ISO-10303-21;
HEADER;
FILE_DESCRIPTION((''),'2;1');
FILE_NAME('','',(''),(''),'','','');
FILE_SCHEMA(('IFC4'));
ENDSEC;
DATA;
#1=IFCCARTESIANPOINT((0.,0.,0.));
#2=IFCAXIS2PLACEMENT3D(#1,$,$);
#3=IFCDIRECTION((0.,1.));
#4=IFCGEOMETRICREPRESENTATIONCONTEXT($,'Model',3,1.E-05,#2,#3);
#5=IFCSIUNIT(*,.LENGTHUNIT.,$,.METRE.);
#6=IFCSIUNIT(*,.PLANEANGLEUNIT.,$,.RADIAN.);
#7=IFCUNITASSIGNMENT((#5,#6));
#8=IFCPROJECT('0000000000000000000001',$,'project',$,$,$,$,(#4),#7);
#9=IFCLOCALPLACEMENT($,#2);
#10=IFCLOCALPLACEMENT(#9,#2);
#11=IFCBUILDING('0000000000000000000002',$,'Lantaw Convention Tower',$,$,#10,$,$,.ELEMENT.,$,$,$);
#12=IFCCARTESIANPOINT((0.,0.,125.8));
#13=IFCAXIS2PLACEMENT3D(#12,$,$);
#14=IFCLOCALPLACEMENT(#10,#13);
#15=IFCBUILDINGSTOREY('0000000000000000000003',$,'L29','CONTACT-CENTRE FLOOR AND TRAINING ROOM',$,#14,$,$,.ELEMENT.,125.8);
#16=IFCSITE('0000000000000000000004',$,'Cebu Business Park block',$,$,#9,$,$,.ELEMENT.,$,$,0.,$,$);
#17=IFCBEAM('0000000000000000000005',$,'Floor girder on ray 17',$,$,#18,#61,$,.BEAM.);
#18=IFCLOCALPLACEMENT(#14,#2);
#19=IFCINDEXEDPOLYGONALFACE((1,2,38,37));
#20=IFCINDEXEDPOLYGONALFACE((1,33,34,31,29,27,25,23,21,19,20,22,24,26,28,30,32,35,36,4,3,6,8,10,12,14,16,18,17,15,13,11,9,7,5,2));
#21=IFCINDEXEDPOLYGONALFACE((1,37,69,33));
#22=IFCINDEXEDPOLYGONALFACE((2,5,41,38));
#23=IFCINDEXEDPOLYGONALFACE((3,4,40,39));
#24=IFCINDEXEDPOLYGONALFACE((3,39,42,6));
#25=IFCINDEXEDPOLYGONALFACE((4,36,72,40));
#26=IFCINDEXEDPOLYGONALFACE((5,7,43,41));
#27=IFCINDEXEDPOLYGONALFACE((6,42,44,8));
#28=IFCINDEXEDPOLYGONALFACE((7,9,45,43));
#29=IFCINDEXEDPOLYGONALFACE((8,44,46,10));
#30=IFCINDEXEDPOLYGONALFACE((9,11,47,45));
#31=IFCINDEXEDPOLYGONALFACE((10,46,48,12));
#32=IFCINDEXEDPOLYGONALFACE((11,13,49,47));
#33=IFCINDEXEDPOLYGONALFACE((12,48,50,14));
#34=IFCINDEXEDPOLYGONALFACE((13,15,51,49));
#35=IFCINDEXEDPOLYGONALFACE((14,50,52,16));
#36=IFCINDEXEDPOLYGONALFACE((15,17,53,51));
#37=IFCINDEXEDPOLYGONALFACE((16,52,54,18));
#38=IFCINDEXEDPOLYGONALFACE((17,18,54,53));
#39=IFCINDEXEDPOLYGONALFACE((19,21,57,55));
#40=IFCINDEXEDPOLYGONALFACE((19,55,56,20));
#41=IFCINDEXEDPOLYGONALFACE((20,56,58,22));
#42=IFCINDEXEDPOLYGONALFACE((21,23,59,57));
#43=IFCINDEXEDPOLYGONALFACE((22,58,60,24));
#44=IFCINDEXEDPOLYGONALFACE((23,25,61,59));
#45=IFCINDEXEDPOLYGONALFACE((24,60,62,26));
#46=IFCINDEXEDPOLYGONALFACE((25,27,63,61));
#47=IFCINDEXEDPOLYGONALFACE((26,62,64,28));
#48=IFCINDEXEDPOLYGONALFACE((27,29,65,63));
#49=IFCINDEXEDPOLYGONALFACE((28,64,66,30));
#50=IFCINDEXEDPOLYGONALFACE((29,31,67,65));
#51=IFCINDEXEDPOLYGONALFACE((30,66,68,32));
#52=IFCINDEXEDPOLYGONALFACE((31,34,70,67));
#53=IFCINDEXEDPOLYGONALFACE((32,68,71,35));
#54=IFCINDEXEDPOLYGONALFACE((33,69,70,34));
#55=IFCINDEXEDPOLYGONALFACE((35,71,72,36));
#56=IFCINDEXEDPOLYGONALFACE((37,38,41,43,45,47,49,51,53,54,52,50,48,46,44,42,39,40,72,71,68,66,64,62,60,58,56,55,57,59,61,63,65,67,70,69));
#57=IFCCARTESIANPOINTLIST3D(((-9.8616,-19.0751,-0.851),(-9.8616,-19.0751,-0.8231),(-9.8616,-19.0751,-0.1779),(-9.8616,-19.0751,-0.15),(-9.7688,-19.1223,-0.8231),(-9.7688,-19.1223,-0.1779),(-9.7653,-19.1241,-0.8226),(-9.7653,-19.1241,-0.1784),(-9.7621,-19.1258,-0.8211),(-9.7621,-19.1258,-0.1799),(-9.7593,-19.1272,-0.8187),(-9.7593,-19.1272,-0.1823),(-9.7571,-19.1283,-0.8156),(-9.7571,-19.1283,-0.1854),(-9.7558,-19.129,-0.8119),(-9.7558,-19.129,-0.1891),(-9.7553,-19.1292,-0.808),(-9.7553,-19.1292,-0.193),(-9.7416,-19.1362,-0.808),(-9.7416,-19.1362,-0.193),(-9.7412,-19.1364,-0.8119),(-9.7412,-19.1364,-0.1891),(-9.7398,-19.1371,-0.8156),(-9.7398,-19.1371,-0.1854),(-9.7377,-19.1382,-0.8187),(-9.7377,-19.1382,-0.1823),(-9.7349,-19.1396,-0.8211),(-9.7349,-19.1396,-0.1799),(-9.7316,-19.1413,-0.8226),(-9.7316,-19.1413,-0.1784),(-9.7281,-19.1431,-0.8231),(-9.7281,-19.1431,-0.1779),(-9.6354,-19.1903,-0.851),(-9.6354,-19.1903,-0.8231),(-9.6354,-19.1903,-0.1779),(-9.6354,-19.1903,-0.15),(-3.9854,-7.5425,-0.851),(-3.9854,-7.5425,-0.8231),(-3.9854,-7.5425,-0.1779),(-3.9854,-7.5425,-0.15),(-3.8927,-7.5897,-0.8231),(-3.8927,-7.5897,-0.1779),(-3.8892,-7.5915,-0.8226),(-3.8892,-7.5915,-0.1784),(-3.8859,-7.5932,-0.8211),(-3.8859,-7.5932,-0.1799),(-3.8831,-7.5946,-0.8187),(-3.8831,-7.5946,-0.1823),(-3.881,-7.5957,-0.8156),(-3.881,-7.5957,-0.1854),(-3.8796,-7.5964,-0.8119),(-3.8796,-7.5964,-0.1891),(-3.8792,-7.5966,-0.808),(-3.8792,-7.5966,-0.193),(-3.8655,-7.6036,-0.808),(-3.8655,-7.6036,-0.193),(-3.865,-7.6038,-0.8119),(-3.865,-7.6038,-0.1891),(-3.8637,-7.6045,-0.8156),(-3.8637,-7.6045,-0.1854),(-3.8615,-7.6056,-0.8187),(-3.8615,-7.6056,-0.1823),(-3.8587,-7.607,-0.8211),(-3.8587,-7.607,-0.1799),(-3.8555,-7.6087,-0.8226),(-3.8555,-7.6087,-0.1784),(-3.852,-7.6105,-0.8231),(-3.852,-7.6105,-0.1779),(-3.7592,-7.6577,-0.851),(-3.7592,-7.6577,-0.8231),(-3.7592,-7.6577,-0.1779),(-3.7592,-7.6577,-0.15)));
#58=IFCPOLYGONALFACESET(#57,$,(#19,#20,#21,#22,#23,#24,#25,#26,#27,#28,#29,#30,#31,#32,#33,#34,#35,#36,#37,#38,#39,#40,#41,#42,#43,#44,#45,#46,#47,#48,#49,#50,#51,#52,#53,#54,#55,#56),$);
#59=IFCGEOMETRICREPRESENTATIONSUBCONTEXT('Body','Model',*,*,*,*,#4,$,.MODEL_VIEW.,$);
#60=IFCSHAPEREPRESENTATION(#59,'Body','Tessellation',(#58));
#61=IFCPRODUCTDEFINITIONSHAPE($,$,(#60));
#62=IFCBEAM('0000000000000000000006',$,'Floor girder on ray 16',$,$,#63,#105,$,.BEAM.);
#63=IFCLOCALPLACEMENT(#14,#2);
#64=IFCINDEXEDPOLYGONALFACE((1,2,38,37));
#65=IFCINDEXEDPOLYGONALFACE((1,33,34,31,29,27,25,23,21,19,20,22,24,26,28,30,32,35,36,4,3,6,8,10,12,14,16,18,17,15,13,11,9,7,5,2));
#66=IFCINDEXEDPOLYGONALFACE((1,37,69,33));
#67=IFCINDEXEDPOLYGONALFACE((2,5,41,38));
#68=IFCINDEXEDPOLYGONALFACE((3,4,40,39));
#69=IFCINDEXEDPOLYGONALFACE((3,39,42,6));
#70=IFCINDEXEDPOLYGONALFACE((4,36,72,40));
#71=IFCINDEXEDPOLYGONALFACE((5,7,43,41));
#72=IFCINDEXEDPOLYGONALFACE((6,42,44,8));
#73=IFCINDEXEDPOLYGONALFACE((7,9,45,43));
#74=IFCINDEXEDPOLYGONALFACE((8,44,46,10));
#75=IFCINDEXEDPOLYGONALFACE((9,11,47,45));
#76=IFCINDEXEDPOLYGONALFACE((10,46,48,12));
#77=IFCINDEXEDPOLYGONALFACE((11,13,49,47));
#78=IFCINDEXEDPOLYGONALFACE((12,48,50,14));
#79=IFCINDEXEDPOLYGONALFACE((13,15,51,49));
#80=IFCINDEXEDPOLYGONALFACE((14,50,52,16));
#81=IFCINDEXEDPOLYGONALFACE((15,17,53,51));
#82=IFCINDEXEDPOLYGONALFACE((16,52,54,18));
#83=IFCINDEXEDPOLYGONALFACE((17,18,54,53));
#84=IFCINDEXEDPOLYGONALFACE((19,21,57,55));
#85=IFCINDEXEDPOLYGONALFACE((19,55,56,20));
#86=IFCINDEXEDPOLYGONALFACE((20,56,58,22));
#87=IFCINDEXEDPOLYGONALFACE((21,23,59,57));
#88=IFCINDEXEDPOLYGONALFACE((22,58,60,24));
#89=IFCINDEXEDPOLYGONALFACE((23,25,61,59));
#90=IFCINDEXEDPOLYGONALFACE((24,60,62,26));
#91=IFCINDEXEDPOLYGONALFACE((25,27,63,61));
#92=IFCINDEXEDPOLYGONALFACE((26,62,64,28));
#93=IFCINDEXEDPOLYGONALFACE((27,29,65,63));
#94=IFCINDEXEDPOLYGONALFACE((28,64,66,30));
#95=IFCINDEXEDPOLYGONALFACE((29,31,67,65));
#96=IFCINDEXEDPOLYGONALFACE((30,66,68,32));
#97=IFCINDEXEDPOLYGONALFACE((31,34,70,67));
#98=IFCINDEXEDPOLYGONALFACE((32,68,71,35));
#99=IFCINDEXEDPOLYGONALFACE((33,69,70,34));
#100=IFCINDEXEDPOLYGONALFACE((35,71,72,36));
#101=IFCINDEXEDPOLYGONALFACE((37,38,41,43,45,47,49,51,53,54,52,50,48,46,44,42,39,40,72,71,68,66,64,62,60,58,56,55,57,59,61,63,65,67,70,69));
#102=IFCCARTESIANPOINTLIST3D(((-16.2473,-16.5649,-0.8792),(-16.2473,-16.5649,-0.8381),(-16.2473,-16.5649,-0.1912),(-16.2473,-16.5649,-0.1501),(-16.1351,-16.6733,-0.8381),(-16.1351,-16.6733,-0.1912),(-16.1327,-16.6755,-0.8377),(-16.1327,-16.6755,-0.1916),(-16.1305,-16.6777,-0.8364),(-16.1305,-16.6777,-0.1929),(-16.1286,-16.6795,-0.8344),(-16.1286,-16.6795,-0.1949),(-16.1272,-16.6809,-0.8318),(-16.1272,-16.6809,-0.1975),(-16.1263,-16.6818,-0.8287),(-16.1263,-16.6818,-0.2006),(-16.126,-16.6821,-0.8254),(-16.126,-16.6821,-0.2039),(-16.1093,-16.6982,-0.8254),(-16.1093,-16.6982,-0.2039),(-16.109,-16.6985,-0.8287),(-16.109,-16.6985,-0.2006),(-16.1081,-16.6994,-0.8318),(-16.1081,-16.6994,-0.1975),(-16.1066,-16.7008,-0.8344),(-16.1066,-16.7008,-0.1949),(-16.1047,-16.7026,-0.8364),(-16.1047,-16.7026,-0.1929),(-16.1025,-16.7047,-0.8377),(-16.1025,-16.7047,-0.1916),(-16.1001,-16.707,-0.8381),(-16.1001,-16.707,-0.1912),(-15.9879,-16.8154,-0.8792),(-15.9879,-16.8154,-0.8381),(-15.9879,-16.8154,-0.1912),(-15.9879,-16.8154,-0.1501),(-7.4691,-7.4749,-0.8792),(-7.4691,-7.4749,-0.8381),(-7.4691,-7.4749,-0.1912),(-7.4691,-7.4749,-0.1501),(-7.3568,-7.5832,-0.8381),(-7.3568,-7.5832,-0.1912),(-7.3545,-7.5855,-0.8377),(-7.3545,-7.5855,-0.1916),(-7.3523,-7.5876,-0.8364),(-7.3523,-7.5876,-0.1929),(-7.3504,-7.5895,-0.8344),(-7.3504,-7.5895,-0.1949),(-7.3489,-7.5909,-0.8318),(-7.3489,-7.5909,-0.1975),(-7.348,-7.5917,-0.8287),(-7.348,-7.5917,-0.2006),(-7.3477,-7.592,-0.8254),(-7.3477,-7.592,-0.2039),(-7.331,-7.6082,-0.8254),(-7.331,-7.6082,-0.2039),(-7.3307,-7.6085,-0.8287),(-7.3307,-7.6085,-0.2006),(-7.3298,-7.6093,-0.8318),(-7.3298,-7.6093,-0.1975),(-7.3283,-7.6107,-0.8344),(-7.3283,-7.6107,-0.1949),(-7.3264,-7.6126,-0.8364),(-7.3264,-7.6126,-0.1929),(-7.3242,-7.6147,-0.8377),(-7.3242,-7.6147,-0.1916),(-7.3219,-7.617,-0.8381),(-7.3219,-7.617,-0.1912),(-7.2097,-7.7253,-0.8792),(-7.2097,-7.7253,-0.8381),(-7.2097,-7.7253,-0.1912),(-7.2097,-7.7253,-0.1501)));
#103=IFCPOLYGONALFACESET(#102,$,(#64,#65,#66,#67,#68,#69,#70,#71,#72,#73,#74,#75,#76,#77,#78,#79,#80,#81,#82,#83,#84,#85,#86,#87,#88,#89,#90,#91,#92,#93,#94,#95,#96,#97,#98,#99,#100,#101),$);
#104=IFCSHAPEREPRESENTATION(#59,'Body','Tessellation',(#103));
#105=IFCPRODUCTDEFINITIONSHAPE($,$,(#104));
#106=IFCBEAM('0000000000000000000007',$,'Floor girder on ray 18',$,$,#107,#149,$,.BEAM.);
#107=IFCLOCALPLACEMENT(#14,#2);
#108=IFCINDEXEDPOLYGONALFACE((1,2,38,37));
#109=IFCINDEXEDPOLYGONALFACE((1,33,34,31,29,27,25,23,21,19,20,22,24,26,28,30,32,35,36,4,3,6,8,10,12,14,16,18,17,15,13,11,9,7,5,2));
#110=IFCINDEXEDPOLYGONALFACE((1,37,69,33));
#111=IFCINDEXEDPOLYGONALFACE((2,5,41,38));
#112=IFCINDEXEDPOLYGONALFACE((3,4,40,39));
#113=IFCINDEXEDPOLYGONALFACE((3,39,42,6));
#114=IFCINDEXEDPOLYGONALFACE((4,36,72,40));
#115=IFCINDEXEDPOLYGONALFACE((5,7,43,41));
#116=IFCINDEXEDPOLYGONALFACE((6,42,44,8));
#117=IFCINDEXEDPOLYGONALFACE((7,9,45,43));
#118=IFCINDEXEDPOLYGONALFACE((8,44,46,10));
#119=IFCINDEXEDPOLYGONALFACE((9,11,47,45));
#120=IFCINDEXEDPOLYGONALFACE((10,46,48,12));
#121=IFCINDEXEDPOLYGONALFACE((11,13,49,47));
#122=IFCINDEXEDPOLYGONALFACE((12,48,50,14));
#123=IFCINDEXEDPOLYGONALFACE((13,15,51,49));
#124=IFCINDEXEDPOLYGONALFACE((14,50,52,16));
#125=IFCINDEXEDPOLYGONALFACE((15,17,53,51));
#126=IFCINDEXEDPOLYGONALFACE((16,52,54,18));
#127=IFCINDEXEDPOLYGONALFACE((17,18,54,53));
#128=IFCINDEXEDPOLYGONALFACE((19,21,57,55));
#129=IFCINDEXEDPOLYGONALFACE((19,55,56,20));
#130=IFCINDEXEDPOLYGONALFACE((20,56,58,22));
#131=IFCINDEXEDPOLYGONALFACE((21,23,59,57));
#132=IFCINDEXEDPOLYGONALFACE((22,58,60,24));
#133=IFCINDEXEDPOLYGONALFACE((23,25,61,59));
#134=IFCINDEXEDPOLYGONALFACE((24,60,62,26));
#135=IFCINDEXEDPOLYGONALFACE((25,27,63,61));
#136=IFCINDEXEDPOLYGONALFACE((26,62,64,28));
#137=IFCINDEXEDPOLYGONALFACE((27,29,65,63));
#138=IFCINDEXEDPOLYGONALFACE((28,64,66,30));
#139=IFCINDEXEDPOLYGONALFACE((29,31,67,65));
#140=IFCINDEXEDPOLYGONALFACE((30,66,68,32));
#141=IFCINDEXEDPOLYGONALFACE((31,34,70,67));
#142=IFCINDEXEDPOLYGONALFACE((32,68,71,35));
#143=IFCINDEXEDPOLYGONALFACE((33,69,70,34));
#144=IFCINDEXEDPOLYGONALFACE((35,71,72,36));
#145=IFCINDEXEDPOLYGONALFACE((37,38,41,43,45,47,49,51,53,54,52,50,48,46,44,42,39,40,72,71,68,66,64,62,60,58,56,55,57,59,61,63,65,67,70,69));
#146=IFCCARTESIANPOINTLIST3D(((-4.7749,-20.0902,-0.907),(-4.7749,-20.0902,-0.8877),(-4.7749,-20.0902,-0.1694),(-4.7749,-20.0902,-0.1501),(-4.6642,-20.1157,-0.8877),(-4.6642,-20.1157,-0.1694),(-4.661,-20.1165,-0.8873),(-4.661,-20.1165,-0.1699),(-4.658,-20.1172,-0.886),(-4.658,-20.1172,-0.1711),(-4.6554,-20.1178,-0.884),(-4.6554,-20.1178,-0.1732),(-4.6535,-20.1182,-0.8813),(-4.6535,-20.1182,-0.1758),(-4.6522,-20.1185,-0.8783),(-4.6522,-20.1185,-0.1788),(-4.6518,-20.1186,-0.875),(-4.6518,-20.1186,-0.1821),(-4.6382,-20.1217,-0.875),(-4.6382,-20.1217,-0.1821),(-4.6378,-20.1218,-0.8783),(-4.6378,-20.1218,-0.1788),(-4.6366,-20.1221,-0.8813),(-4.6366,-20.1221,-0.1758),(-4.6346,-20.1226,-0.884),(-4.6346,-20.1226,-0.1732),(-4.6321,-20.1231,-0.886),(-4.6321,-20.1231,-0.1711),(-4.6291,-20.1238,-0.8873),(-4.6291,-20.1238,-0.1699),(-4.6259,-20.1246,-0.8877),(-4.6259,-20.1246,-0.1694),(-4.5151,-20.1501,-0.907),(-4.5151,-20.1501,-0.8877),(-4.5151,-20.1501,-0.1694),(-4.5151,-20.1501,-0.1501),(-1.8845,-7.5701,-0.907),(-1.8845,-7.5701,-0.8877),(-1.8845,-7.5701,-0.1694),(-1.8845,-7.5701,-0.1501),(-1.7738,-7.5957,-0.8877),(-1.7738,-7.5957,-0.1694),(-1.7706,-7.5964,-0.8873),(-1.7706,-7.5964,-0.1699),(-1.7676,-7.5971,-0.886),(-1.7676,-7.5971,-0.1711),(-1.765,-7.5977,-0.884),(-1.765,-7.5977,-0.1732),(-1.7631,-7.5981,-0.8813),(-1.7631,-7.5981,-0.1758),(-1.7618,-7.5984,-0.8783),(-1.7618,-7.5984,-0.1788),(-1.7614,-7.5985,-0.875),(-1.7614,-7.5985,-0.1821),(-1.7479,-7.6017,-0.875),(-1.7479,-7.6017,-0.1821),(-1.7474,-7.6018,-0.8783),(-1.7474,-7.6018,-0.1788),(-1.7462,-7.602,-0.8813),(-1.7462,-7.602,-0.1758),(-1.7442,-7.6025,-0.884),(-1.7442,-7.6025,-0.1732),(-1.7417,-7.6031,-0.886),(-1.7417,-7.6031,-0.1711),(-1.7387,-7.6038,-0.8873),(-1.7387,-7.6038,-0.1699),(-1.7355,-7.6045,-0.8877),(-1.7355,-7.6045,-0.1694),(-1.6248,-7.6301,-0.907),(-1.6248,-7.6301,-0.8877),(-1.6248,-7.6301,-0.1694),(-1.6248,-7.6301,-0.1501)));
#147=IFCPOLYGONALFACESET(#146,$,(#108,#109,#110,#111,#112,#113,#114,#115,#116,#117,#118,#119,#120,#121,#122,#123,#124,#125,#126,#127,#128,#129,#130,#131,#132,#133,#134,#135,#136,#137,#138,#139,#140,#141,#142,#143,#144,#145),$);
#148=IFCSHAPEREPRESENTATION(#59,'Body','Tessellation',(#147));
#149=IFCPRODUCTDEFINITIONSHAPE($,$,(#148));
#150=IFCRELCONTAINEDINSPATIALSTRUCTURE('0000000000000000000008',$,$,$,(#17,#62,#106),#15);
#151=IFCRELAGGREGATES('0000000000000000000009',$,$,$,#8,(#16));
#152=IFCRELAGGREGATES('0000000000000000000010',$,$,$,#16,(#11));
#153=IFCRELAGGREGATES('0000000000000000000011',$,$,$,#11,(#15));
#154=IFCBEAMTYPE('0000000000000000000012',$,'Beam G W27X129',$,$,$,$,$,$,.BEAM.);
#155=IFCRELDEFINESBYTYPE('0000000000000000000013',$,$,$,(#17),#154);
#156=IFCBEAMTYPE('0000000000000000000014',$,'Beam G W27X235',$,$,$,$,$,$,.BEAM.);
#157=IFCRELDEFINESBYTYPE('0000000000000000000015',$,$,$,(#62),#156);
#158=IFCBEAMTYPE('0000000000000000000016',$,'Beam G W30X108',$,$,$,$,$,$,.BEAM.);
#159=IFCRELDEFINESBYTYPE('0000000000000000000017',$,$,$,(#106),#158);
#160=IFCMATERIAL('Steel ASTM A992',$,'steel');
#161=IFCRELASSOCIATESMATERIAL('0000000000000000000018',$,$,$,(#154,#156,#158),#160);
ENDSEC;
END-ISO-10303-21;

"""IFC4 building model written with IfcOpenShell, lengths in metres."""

from ifc_helpers import new_model, si_unit, direction, frame, origin, origin_2d, place, context, subcontext, project, spatial, i_section, extrude, material, material_profile, profile_set, type_object, element, save


model = new_model("IFC4")

# Units and contexts
model_context = context("Model", 3, precision=1e-05, world=origin(), true_north=direction((0.0, 1.0)))
body_context = subcontext(model_context, "Body", "Model", "MODEL_VIEW")
ifc_project = project(units=[si_unit("LENGTHUNIT", "METRE"), si_unit("PLANEANGLEUNIT", "RADIAN")], contexts=[model_context])

# Site, building, storey
site_placement = place(None, origin())
site = spatial("IfcSite", under=ifc_project, at=site_placement, Name="Cebu Business Park block", CompositionType="ELEMENT", RefElevation=0.0)
building_placement = place(site_placement, origin())
building = spatial("IfcBuilding", under=site, at=building_placement, Name="Lantaw Convention Tower", CompositionType="ELEMENT")
storey_placement = place(building_placement, frame((0.0, 0.0, 125.8)))
storey = spatial("IfcBuildingStorey", under=building, at=storey_placement, Name="L29", Description="CONTACT-CENTRE FLOOR AND TRAINING ROOM", CompositionType="ELEMENT", Elevation=125.8)

# Beams
ifc_material_1 = material(Name="Steel ASTM A992", Category="steel")
ifc_material_profile_1 = material_profile(ifc_material_1, i_section(OverallWidth=0.2539, OverallDepth=0.7009, WebThickness=0.0154, FlangeThickness=0.0278, FilletRadius=0.0151, at=origin_2d()), Name="W27X129")
ifc_profile_set_1 = profile_set([ifc_material_profile_1], Name="Steel ASTM A992")
beam_type_1 = type_object("IfcBeamType", Name="Beam G W27X129", PredefinedType="BEAM", material=ifc_profile_set_1)
beam_1_placement = place(storey_placement, frame((-3.8723, -7.6001, -0.5005), z_axis=(-0.453991, -0.891006, 0.0), x_axis=(0.891006, -0.453991, 0.0)))
element("IfcBeam", 1, at=beam_1_placement, inside=storey, type_object=beam_type_1, Name="Floor girder on ray 17", PredefinedType="BEAM", context=body_context, shape_type="SweptSolid", body=[
    extrude(i_section(OverallWidth=0.2539, OverallDepth=0.7009, WebThickness=0.0154, FlangeThickness=0.0278, FilletRadius=0.0151, at=origin_2d()), origin(), (0.0, 0.0, 1.0), 12.9434),
])
ifc_material_profile_2 = material_profile(ifc_material_1, i_section(OverallWidth=0.3606, OverallDepth=0.729, WebThickness=0.0232, FlangeThickness=0.041, FilletRadius=0.0127, at=origin_2d()), Name="W27X235")
ifc_profile_set_2 = profile_set([ifc_material_profile_2], Name="Steel ASTM A992")
beam_type_2 = type_object("IfcBeamType", Name="Beam G W27X235", PredefinedType="BEAM", material=ifc_profile_set_2)
beam_2_placement = place(storey_placement, frame((-7.3394, -7.6001, -0.5146), z_axis=(-0.694663, -0.719335, 0.0), x_axis=(0.719335, -0.694663, 0.0)))
element("IfcBeam", 2, at=beam_2_placement, inside=storey, type_object=beam_type_2, Name="Floor girder on ray 16", PredefinedType="BEAM", context=body_context, shape_type="SweptSolid", body=[
    extrude(i_section(OverallWidth=0.3606, OverallDepth=0.729, WebThickness=0.0232, FlangeThickness=0.041, FilletRadius=0.0127, at=origin_2d()), origin(), (0.0, 0.0, 1.0), 12.6367),
])
ifc_material_profile_3 = material_profile(ifc_material_1, i_section(OverallWidth=0.2666, OverallDepth=0.7568, WebThickness=0.0139, FlangeThickness=0.0193, FilletRadius=0.0127, at=origin_2d()), Name="W30X108")
ifc_profile_set_3 = profile_set([ifc_material_profile_3], Name="Steel ASTM A992")
beam_type_3 = type_object("IfcBeamType", Name="Beam G W30X108", PredefinedType="BEAM", material=ifc_profile_set_3)
beam_3_placement = place(storey_placement, frame((-1.7546, -7.6001, -0.5286), z_axis=(-0.224944, -0.974372, 0.0), x_axis=(0.974372, -0.224944, 0.0)))
element("IfcBeam", 3, at=beam_3_placement, inside=storey, type_object=beam_type_3, Name="Floor girder on ray 18", PredefinedType="BEAM", context=body_context, shape_type="SweptSolid", body=[
    extrude(i_section(OverallWidth=0.2666, OverallDepth=0.7568, WebThickness=0.0139, FlangeThickness=0.0193, FilletRadius=0.0127, at=origin_2d()), origin(), (0.0, 0.0, 1.0), 12.8494),
])

save(model, "model.ifc")
